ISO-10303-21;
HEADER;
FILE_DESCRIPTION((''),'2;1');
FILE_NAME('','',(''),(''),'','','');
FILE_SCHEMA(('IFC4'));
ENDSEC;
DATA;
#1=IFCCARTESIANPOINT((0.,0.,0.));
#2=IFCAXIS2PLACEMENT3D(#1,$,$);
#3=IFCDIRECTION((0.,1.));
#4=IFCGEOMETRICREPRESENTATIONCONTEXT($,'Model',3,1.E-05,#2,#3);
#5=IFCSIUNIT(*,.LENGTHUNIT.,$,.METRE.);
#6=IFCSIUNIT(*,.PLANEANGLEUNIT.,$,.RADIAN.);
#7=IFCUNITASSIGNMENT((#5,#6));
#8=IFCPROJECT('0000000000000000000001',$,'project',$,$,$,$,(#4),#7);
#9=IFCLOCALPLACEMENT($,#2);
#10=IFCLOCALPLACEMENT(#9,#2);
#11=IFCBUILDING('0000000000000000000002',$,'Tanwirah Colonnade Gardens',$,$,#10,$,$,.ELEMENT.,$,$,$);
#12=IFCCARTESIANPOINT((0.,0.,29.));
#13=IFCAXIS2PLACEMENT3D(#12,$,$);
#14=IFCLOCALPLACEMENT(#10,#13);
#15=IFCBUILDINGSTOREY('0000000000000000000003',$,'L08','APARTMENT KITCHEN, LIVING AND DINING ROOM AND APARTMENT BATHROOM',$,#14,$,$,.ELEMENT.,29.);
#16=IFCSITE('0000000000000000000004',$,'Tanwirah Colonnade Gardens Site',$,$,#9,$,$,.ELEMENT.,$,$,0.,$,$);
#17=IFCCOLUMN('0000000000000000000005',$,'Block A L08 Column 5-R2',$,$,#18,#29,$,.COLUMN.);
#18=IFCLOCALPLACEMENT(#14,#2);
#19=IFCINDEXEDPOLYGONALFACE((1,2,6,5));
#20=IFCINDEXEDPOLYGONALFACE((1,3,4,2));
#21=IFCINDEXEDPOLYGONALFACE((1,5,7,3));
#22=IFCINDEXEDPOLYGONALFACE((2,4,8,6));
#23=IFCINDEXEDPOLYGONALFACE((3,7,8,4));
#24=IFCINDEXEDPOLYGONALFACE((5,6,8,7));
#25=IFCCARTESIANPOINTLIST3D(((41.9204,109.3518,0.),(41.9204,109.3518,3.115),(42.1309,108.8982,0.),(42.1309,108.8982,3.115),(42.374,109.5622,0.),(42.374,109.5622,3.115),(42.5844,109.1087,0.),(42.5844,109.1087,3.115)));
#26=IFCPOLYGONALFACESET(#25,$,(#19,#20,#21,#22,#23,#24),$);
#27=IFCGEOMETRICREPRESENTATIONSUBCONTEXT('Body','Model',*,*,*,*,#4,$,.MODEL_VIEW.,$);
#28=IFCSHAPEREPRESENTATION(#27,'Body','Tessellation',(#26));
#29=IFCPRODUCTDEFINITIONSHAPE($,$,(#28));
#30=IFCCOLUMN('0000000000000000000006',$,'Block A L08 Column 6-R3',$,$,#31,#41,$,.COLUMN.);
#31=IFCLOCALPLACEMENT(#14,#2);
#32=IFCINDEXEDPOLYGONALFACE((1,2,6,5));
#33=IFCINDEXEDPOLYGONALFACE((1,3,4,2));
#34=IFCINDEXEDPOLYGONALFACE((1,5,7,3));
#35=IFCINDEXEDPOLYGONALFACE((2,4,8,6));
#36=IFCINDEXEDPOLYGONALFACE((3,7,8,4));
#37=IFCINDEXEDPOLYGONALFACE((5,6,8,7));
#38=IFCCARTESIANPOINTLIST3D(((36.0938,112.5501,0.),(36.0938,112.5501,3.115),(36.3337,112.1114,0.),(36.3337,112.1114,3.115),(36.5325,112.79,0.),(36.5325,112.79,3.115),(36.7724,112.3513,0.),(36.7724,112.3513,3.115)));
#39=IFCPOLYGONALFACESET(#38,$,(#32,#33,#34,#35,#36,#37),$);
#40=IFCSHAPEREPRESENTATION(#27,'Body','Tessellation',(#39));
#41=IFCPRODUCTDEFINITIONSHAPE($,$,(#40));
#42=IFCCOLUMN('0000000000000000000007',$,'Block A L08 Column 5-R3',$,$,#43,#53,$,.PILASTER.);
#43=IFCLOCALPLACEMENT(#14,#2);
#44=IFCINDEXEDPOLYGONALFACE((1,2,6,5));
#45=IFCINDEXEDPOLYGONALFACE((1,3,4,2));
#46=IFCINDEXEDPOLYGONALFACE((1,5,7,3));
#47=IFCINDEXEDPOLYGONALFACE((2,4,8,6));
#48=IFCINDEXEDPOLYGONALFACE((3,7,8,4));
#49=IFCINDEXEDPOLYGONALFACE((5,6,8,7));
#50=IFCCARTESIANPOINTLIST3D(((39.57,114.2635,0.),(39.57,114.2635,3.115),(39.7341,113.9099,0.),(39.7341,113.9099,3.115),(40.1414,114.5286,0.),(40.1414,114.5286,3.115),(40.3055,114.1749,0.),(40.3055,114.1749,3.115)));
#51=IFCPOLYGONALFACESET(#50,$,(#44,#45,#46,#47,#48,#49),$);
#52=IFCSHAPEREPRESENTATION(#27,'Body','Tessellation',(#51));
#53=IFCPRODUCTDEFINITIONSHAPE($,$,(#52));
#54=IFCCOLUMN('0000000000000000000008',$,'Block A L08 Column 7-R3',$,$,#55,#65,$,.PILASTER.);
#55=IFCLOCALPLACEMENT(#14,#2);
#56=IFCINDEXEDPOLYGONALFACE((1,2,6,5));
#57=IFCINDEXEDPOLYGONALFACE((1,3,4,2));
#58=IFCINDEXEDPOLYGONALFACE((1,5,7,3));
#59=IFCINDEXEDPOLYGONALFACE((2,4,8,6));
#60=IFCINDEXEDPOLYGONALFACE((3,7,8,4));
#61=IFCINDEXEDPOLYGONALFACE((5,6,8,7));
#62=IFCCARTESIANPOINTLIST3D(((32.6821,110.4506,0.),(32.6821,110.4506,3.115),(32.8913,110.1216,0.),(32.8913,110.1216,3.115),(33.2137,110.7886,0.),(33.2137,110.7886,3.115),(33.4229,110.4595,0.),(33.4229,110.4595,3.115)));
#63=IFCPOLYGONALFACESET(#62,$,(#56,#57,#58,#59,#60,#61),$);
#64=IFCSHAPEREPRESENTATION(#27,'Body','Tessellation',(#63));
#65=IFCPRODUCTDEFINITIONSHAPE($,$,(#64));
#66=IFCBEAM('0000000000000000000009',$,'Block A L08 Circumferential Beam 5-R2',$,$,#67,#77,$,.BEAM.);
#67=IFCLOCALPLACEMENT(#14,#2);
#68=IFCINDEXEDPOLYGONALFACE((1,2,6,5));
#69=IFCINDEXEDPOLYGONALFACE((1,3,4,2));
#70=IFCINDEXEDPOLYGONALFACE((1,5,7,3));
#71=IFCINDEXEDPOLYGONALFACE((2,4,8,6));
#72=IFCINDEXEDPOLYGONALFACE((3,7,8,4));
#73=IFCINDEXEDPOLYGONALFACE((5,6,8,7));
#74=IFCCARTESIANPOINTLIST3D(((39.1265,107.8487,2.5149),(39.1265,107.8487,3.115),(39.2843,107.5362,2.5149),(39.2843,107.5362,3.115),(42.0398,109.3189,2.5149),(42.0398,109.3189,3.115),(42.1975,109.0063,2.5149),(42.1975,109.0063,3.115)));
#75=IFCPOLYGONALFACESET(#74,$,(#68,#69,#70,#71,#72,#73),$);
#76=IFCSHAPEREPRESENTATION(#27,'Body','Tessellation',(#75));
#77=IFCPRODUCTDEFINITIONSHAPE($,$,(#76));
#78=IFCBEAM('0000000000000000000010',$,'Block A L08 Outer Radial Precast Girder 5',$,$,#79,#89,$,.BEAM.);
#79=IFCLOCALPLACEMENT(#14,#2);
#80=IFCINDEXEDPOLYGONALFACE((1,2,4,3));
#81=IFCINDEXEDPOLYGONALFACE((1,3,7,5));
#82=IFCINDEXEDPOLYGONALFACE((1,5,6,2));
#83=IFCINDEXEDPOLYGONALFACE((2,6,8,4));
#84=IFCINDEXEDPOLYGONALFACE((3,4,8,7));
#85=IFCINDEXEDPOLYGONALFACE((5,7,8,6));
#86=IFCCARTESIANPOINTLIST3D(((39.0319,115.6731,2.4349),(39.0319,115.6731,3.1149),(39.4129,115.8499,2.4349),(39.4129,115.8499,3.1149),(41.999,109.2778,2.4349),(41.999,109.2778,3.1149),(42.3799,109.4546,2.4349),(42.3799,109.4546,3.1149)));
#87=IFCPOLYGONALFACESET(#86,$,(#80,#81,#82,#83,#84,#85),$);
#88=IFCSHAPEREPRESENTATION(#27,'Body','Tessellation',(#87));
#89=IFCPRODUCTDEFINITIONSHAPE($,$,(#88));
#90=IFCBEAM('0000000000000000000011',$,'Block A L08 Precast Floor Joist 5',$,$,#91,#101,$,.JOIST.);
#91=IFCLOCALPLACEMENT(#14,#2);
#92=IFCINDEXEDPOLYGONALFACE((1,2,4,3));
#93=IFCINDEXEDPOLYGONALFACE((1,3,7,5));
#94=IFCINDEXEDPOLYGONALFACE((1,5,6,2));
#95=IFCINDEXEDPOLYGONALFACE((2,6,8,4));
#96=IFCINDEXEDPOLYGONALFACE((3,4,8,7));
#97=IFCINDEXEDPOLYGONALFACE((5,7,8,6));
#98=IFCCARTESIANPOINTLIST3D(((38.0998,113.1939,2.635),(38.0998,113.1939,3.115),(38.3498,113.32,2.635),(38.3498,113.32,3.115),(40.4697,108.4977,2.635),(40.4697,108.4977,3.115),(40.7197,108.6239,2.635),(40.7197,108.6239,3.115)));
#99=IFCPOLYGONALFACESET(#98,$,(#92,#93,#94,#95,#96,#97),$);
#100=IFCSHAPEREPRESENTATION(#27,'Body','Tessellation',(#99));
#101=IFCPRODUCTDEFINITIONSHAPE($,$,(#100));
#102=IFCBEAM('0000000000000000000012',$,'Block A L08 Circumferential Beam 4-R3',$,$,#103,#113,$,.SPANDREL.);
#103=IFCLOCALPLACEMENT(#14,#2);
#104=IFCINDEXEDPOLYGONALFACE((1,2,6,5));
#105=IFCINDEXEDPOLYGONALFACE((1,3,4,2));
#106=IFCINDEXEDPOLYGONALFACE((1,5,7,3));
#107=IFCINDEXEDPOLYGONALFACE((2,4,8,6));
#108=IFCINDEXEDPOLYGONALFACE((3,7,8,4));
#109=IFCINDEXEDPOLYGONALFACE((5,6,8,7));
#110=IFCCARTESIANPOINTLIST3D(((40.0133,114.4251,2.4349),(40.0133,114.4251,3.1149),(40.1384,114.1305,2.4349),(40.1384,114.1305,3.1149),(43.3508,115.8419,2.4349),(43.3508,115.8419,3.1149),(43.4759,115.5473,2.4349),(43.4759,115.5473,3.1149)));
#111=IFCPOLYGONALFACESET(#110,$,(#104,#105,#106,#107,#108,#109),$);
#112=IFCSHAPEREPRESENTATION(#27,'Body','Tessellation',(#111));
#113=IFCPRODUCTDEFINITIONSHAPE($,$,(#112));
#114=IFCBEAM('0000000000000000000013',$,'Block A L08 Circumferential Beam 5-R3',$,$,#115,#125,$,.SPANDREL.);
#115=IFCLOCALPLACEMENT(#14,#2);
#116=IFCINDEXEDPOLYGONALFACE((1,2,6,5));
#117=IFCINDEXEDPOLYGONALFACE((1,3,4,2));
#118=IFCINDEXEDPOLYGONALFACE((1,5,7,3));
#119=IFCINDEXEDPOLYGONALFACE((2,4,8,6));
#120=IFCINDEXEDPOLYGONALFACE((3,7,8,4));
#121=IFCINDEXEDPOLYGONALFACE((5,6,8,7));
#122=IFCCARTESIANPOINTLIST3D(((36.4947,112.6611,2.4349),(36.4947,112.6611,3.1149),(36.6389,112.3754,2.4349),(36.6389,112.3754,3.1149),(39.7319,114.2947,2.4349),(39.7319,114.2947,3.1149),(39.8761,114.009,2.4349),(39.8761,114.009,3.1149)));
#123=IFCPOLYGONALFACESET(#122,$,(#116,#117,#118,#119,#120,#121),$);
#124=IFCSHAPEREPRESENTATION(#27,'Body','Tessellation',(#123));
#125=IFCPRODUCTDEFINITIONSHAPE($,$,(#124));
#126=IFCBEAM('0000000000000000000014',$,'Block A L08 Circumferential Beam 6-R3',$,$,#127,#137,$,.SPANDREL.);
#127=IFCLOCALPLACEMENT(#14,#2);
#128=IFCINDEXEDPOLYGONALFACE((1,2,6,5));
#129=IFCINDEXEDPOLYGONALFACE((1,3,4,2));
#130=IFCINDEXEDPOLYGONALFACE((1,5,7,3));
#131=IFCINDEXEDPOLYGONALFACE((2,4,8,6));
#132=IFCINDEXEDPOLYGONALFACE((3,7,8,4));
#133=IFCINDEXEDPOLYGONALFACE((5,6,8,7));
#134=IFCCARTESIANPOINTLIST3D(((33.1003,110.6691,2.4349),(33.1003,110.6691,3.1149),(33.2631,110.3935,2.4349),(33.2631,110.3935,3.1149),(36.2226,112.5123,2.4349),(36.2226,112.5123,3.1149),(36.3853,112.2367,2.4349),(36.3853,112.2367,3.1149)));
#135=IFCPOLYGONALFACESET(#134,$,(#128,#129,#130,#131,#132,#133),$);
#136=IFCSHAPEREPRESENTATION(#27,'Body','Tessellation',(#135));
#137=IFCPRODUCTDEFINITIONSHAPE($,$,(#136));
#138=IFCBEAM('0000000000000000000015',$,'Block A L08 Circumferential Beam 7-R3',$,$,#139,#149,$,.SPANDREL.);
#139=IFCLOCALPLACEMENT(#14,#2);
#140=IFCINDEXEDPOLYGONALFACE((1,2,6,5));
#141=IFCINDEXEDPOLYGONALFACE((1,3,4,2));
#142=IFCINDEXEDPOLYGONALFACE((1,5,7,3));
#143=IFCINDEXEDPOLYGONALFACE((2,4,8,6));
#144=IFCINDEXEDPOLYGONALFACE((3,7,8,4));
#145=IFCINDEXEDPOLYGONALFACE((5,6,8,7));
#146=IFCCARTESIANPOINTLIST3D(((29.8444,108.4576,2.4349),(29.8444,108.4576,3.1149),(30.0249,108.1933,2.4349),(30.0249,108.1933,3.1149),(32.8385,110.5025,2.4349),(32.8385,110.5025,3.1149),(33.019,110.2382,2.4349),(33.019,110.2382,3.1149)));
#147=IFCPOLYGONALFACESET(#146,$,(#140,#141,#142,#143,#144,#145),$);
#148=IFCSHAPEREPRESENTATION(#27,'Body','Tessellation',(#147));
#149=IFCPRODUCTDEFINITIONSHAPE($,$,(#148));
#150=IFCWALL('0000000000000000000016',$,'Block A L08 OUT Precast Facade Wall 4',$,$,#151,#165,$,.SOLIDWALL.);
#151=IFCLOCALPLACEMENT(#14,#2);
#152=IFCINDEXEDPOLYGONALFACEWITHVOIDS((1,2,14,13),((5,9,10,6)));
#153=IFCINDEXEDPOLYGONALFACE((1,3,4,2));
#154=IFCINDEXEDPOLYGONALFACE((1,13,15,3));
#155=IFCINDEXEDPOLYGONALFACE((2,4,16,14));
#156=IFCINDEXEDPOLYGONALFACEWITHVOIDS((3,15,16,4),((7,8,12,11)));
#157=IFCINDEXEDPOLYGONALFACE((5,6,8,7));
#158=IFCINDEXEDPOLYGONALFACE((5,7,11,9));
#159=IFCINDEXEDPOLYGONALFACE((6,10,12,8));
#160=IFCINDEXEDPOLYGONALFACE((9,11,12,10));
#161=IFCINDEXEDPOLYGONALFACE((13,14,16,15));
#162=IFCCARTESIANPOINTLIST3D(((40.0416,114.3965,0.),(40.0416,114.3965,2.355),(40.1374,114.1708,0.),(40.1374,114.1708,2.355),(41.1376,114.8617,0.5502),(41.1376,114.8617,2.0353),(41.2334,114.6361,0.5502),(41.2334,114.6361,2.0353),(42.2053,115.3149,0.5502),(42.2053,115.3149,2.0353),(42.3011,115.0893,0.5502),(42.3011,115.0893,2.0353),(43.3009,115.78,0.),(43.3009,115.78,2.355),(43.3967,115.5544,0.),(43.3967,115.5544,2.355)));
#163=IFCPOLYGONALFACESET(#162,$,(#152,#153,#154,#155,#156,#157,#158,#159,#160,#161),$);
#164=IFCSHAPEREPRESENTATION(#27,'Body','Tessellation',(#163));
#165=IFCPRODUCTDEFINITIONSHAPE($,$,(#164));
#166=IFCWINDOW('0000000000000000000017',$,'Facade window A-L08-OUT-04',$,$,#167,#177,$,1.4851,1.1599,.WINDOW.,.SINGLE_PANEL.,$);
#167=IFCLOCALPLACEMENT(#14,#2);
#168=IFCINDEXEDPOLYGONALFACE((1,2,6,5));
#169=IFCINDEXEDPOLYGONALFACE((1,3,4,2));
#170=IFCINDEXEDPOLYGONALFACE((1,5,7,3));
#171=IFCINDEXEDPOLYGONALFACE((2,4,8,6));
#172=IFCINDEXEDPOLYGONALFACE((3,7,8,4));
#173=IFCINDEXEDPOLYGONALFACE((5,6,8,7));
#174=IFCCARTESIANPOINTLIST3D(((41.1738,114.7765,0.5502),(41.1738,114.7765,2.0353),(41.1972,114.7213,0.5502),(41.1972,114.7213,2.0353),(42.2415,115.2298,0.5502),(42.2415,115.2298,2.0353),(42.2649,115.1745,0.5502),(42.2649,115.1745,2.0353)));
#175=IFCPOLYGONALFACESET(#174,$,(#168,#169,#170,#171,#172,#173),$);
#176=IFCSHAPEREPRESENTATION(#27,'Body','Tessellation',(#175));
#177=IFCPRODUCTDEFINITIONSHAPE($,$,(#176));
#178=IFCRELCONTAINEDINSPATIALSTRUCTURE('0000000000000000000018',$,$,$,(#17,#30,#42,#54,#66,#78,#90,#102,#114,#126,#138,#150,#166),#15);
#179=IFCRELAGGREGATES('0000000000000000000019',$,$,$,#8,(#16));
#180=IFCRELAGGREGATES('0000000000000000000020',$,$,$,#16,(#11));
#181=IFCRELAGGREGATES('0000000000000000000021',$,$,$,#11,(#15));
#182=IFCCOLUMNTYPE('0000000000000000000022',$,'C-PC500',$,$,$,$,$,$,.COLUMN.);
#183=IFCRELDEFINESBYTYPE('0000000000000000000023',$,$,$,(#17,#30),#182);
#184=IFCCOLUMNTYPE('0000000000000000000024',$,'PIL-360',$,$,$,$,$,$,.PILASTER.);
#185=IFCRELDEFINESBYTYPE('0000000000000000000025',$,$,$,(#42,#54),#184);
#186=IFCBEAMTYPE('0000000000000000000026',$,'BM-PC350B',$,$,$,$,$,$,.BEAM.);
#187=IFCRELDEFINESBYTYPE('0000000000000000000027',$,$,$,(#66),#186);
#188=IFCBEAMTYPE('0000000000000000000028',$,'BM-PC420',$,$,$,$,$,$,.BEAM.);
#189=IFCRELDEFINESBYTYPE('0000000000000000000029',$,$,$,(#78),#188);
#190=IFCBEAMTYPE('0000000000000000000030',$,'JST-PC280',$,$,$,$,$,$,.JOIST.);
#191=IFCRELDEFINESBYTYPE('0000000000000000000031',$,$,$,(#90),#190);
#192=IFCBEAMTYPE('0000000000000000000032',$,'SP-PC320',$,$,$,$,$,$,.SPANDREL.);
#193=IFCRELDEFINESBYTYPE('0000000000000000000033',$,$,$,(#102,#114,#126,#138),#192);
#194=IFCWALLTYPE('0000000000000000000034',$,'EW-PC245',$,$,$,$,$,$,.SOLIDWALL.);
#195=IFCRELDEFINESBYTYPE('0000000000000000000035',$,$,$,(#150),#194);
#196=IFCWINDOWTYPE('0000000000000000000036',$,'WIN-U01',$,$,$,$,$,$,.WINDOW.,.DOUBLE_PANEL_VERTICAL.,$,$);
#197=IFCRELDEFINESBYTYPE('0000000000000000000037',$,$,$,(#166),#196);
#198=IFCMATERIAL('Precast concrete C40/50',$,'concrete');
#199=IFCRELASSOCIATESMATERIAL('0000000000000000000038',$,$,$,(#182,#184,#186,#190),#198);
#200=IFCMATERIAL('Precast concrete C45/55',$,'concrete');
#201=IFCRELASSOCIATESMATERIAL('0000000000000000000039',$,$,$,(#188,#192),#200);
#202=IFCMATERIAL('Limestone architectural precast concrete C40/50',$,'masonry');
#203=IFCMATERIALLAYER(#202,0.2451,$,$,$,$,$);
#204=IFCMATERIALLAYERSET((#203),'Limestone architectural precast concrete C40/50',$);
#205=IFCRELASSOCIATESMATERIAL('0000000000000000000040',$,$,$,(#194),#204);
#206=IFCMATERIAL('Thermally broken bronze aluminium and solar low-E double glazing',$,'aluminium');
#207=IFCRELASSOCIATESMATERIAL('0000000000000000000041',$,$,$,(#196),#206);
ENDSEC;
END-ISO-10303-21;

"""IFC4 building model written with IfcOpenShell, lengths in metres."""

from ifc_helpers import new_model, si_unit, direction, frame, frame_2d, origin, origin_2d, place, context, subcontext, project, spatial, rectangle, extrude, material, layer, layer_set, material_profile, profile_set, type_object, element, fill, save


model = new_model("IFC4")

# Units and contexts
model_context = context("Model", 3, precision=1e-05, world=origin(), true_north=direction((0.0, 1.0)))
body_context = subcontext(model_context, "Body", "Model", "MODEL_VIEW")
ifc_project = project(units=[si_unit("LENGTHUNIT", "METRE"), si_unit("PLANEANGLEUNIT", "RADIAN")], contexts=[model_context])

# Site, building, storey
site_placement = place(None, origin())
site = spatial("IfcSite", under=ifc_project, at=site_placement, Name="Tanwirah Colonnade Gardens Site", CompositionType="ELEMENT", RefElevation=0.0)
building_placement = place(site_placement, origin())
building = spatial("IfcBuilding", under=site, at=building_placement, Name="Tanwirah Colonnade Gardens", CompositionType="ELEMENT")
storey_placement = place(building_placement, frame((0.0, 0.0, 29.0)))
storey = spatial("IfcBuildingStorey", under=building, at=storey_placement, Name="L08", Description="APARTMENT KITCHEN, LIVING AND DINING ROOM AND APARTMENT BATHROOM", CompositionType="ELEMENT", Elevation=29.0)

# Columns
ifc_material_1 = material(Name="Precast concrete C40/50", Category="concrete")
ifc_material_profile_1 = material_profile(ifc_material_1, rectangle(XDim=0.5, YDim=0.5, at=origin_2d()), Name="PC-COL 500x500")
ifc_profile_set_1 = profile_set([ifc_material_profile_1], Name="Precast concrete C40/50")
column_type_1 = type_object("IfcColumnType", Name="C-PC500", PredefinedType="COLUMN", material=ifc_profile_set_1)
for number, where, z_axis, x_axis, name in (
    (1, (42.2524, 109.2302, 0.0), (0.0, 0.0, 1.0), (-0.42086, 0.907126, 0.0), "Block A L08 Column 5-R2"),
    (2, (36.4331, 112.4507, 0.0), (0.0, 0.0, 1.0), (-0.479713, 0.877425, 0.0), "Block A L08 Column 6-R3"),
):
    element("IfcColumn", number, at=place(storey_placement, frame(where, z_axis=z_axis, x_axis=x_axis)), inside=storey, type_object=column_type_1, Name=name, PredefinedType="COLUMN", context=body_context, shape_type="SweptSolid", body=[
        extrude(rectangle(XDim=0.5, YDim=0.5, at=origin_2d()), origin(), (0.0, 0.0, 1.0), 3.115),
    ])
ifc_material_profile_2 = material_profile(ifc_material_1, rectangle(XDim=0.3899, YDim=0.6299, at=origin_2d()), Name="PC-PIL 390x630")
ifc_profile_set_2 = profile_set([ifc_material_profile_2], Name="Precast concrete C40/50")
column_type_2 = type_object("IfcColumnType", Name="PIL-360", PredefinedType="PILASTER", material=ifc_profile_set_2)
for number, where, z_axis, x_axis, name in (
    (3, (39.9377, 114.2192, 0.0), (0.0, 0.0, 1.0), (-0.42086, 0.907126, 0.0), "Block A L08 Column 5-R3"),
    (4, (33.0525, 110.4551, 0.0), (0.0, 0.0, 1.0), (-0.536482, 0.843912, 0.0), "Block A L08 Column 7-R3"),
):
    element("IfcColumn", number, at=place(storey_placement, frame(where, z_axis=z_axis, x_axis=x_axis)), inside=storey, type_object=column_type_2, Name=name, PredefinedType="PILASTER", context=body_context, shape_type="SweptSolid", body=[
        extrude(rectangle(XDim=0.3899, YDim=0.6299, at=origin_2d()), origin(), (0.0, 0.0, 1.0), 3.115),
    ])

# Beams
ifc_material_profile_3 = material_profile(ifc_material_1, rectangle(XDim=0.3501, YDim=0.6001, at=origin_2d()), Name="PC-BM 350x600")
ifc_profile_set_3 = profile_set([ifc_material_profile_3], Name="Precast concrete C40/50")
beam_type_1 = type_object("IfcBeamType", Name="BM-PC350B", PredefinedType="BEAM", material=ifc_profile_set_3)
beam_1_placement = place(storey_placement, frame((42.1187, 109.1626, 2.8149), z_axis=(-0.89276, -0.450532, 0.0), x_axis=(0.450532, -0.89276, 0.0)))
element("IfcBeam", 5, at=beam_1_placement, inside=storey, type_object=beam_type_1, Name="Block A L08 Circumferential Beam 5-R2", PredefinedType="BEAM", context=body_context, shape_type="SweptSolid", body=[
    extrude(rectangle(XDim=0.3501, YDim=0.6001, at=origin_2d()), origin(), (0.0, 0.0, 1.0), 3.2632),
])
ifc_material_2 = material(Name="Precast concrete C45/55", Category="concrete")
ifc_material_profile_4 = material_profile(ifc_material_2, rectangle(XDim=0.4199, YDim=0.6799, at=origin_2d()), Name="PC-BM 420x680")
ifc_profile_set_4 = profile_set([ifc_material_profile_4], Name="Precast concrete C45/55")
beam_type_2 = type_object("IfcBeamType", Name="BM-PC420", PredefinedType="BEAM", material=ifc_profile_set_4)
beam_2_placement = place(storey_placement, frame((42.1895, 109.3662, 2.7749), z_axis=(-0.420856, 0.907128, 0.0), x_axis=(-0.907128, -0.420856, 0.0)))
element("IfcBeam", 6, at=beam_2_placement, inside=storey, type_object=beam_type_2, Name="Block A L08 Outer Radial Precast Girder 5", PredefinedType="BEAM", context=body_context, shape_type="SweptSolid", body=[
    extrude(rectangle(XDim=0.4199, YDim=0.6799, at=origin_2d()), origin(), (0.0, 0.0, 1.0), 7.05),
])
ifc_material_profile_5 = material_profile(ifc_material_1, rectangle(XDim=0.28, YDim=0.48, at=origin_2d()), Name="PC-JST 280x480")
ifc_profile_set_5 = profile_set([ifc_material_profile_5], Name="Precast concrete C40/50")
beam_type_3 = type_object("IfcBeamType", Name="JST-PC280", PredefinedType="JOIST", material=ifc_profile_set_5)
beam_3_placement = place(storey_placement, frame((40.5947, 108.5608, 2.875), z_axis=(-0.450534, 0.892759, 0.0), x_axis=(-0.892759, -0.450534, 0.0)))
element("IfcBeam", 7, at=beam_3_placement, inside=storey, type_object=beam_type_3, Name="Block A L08 Precast Floor Joist 5", PredefinedType="JOIST", context=body_context, shape_type="SweptSolid", body=[
    extrude(rectangle(XDim=0.28, YDim=0.48, at=origin_2d()), origin(), (0.0, 0.0, 1.0), 5.2603),
])
ifc_material_profile_6 = material_profile(ifc_material_2, rectangle(XDim=0.3201, YDim=0.6799, at=origin_2d()), Name="PC-SP 320x680")
ifc_profile_set_6 = profile_set([ifc_material_profile_6], Name="Precast concrete C45/55")
beam_type_4 = type_object("IfcBeamType", Name="SP-PC320", PredefinedType="SPANDREL", material=ifc_profile_set_6)
beam_4_placement = place(storey_placement, frame((43.4133, 115.6946, 2.7749), z_axis=(-0.920494, -0.390756, 0.0), x_axis=(0.390756, -0.920494, 0.0)))
element("IfcBeam", 8, at=beam_4_placement, inside=storey, type_object=beam_type_4, Name="Block A L08 Circumferential Beam 4-R3", PredefinedType="SPANDREL", context=body_context, shape_type="SweptSolid", body=[
    extrude(rectangle(XDim=0.3201, YDim=0.6799, at=origin_2d()), origin(), (0.0, 0.0, 1.0), 3.6257),
])
beam_5_placement = place(storey_placement, frame((39.804, 114.1519, 2.7749), z_axis=(-0.892765, -0.450523, 0.0), x_axis=(0.450523, -0.892765, 0.0)))
element("IfcBeam", 9, at=beam_5_placement, inside=storey, type_object=beam_type_4, Name="Block A L08 Circumferential Beam 5-R3", PredefinedType="SPANDREL", context=body_context, shape_type="SweptSolid", body=[
    extrude(rectangle(XDim=0.3201, YDim=0.6799, at=origin_2d()), origin(), (0.0, 0.0, 1.0), 3.626),
])
for number, where, z_axis, x_axis, name in (
    (10, (36.304, 112.3745, 2.7749), (-0.861137, -0.508373, 0.0), (0.508373, -0.861137, 0.0), "Block A L08 Circumferential Beam 6-R3"),
    (11, (32.9287, 110.3704, 2.7749), (-0.825783, -0.563989, 0.0), (0.563989, -0.825783, 0.0), "Block A L08 Circumferential Beam 7-R3"),
):
    element("IfcBeam", number, at=place(storey_placement, frame(where, z_axis=z_axis, x_axis=x_axis)), inside=storey, type_object=beam_type_4, Name=name, PredefinedType="SPANDREL", context=body_context, shape_type="SweptSolid", body=[
        extrude(rectangle(XDim=0.3201, YDim=0.6799, at=origin_2d()), origin(), (0.0, 0.0, 1.0), 3.6257),
    ])

# Wall, opening, window
ifc_material_3 = material(Name="Limestone architectural precast concrete C40/50", Category="masonry")
ifc_layer_1 = layer(ifc_material_3, 0.2451)
ifc_layer_set_1 = layer_set([ifc_layer_1], Name="Limestone architectural precast concrete C40/50")
wall_type_1 = type_object("IfcWallType", Name="EW-PC245", PredefinedType="SOLIDWALL", material=ifc_layer_set_1)
wall_1_placement = place(storey_placement, frame((43.3489, 115.6672, 0.0), z_axis=(0.0, 0.0, 1.0), x_axis=(-0.920498, -0.390746, 0.0)))
wall_1 = element("IfcWall", 12, at=wall_1_placement, inside=storey, type_object=wall_type_1, Name="Block A L08 OUT Precast Facade Wall 4", PredefinedType="SOLIDWALL", context=body_context, shape_type="SweptSolid", body=[
    extrude(rectangle(XDim=3.5408, YDim=0.2451, at=frame_2d((1.7705, 0.0))), origin(), (0.0, 0.0, 1.0), 2.355),
])
opening_1_placement = place(wall_1_placement, frame((1.1902, 0.0, 0.55)))
opening_1 = element("IfcOpeningElement", 13, at=opening_1_placement, cuts=wall_1, PredefinedType="OPENING", context=body_context, shape_type="SweptSolid", body=[
    extrude(rectangle(XDim=1.1599, YDim=1.4851, at=frame_2d((0.5801, 0.7427))), frame((0.0, 0.1326, 0.0), z_axis=(0.0, -1.0, 0.0), x_axis=(1.0, 0.0, 0.0)), (0.0, 0.0, 1.0), 0.2651),
])
ifc_material_4 = material(Name="Thermally broken bronze aluminium and solar low-E double glazing", Category="aluminium")
window_type_1 = type_object("IfcWindowType", Name="WIN-U01", PartitioningType="DOUBLE_PANEL_VERTICAL", PredefinedType="WINDOW", material=ifc_material_4)
window_1_placement = place(opening_1_placement, origin())
window_1 = element("IfcWindow", 14, at=window_1_placement, inside=storey, type_object=window_type_1, Name="Facade window A-L08-OUT-04", OverallHeight=1.4851, OverallWidth=1.1599, PartitioningType="SINGLE_PANEL", PredefinedType="WINDOW", context=body_context, shape_type="SweptSolid", body=[
    extrude(rectangle(XDim=1.1599, YDim=1.4851, at=frame_2d((0.5801, 0.7427))), frame((0.0, 0.03, 0.0), z_axis=(0.0, -1.0, 0.0), x_axis=(1.0, 0.0, 0.0)), (0.0, 0.0, 1.0), 0.0601),
])
fill(opening_1, window_1)

save(model, "model.ifc")
